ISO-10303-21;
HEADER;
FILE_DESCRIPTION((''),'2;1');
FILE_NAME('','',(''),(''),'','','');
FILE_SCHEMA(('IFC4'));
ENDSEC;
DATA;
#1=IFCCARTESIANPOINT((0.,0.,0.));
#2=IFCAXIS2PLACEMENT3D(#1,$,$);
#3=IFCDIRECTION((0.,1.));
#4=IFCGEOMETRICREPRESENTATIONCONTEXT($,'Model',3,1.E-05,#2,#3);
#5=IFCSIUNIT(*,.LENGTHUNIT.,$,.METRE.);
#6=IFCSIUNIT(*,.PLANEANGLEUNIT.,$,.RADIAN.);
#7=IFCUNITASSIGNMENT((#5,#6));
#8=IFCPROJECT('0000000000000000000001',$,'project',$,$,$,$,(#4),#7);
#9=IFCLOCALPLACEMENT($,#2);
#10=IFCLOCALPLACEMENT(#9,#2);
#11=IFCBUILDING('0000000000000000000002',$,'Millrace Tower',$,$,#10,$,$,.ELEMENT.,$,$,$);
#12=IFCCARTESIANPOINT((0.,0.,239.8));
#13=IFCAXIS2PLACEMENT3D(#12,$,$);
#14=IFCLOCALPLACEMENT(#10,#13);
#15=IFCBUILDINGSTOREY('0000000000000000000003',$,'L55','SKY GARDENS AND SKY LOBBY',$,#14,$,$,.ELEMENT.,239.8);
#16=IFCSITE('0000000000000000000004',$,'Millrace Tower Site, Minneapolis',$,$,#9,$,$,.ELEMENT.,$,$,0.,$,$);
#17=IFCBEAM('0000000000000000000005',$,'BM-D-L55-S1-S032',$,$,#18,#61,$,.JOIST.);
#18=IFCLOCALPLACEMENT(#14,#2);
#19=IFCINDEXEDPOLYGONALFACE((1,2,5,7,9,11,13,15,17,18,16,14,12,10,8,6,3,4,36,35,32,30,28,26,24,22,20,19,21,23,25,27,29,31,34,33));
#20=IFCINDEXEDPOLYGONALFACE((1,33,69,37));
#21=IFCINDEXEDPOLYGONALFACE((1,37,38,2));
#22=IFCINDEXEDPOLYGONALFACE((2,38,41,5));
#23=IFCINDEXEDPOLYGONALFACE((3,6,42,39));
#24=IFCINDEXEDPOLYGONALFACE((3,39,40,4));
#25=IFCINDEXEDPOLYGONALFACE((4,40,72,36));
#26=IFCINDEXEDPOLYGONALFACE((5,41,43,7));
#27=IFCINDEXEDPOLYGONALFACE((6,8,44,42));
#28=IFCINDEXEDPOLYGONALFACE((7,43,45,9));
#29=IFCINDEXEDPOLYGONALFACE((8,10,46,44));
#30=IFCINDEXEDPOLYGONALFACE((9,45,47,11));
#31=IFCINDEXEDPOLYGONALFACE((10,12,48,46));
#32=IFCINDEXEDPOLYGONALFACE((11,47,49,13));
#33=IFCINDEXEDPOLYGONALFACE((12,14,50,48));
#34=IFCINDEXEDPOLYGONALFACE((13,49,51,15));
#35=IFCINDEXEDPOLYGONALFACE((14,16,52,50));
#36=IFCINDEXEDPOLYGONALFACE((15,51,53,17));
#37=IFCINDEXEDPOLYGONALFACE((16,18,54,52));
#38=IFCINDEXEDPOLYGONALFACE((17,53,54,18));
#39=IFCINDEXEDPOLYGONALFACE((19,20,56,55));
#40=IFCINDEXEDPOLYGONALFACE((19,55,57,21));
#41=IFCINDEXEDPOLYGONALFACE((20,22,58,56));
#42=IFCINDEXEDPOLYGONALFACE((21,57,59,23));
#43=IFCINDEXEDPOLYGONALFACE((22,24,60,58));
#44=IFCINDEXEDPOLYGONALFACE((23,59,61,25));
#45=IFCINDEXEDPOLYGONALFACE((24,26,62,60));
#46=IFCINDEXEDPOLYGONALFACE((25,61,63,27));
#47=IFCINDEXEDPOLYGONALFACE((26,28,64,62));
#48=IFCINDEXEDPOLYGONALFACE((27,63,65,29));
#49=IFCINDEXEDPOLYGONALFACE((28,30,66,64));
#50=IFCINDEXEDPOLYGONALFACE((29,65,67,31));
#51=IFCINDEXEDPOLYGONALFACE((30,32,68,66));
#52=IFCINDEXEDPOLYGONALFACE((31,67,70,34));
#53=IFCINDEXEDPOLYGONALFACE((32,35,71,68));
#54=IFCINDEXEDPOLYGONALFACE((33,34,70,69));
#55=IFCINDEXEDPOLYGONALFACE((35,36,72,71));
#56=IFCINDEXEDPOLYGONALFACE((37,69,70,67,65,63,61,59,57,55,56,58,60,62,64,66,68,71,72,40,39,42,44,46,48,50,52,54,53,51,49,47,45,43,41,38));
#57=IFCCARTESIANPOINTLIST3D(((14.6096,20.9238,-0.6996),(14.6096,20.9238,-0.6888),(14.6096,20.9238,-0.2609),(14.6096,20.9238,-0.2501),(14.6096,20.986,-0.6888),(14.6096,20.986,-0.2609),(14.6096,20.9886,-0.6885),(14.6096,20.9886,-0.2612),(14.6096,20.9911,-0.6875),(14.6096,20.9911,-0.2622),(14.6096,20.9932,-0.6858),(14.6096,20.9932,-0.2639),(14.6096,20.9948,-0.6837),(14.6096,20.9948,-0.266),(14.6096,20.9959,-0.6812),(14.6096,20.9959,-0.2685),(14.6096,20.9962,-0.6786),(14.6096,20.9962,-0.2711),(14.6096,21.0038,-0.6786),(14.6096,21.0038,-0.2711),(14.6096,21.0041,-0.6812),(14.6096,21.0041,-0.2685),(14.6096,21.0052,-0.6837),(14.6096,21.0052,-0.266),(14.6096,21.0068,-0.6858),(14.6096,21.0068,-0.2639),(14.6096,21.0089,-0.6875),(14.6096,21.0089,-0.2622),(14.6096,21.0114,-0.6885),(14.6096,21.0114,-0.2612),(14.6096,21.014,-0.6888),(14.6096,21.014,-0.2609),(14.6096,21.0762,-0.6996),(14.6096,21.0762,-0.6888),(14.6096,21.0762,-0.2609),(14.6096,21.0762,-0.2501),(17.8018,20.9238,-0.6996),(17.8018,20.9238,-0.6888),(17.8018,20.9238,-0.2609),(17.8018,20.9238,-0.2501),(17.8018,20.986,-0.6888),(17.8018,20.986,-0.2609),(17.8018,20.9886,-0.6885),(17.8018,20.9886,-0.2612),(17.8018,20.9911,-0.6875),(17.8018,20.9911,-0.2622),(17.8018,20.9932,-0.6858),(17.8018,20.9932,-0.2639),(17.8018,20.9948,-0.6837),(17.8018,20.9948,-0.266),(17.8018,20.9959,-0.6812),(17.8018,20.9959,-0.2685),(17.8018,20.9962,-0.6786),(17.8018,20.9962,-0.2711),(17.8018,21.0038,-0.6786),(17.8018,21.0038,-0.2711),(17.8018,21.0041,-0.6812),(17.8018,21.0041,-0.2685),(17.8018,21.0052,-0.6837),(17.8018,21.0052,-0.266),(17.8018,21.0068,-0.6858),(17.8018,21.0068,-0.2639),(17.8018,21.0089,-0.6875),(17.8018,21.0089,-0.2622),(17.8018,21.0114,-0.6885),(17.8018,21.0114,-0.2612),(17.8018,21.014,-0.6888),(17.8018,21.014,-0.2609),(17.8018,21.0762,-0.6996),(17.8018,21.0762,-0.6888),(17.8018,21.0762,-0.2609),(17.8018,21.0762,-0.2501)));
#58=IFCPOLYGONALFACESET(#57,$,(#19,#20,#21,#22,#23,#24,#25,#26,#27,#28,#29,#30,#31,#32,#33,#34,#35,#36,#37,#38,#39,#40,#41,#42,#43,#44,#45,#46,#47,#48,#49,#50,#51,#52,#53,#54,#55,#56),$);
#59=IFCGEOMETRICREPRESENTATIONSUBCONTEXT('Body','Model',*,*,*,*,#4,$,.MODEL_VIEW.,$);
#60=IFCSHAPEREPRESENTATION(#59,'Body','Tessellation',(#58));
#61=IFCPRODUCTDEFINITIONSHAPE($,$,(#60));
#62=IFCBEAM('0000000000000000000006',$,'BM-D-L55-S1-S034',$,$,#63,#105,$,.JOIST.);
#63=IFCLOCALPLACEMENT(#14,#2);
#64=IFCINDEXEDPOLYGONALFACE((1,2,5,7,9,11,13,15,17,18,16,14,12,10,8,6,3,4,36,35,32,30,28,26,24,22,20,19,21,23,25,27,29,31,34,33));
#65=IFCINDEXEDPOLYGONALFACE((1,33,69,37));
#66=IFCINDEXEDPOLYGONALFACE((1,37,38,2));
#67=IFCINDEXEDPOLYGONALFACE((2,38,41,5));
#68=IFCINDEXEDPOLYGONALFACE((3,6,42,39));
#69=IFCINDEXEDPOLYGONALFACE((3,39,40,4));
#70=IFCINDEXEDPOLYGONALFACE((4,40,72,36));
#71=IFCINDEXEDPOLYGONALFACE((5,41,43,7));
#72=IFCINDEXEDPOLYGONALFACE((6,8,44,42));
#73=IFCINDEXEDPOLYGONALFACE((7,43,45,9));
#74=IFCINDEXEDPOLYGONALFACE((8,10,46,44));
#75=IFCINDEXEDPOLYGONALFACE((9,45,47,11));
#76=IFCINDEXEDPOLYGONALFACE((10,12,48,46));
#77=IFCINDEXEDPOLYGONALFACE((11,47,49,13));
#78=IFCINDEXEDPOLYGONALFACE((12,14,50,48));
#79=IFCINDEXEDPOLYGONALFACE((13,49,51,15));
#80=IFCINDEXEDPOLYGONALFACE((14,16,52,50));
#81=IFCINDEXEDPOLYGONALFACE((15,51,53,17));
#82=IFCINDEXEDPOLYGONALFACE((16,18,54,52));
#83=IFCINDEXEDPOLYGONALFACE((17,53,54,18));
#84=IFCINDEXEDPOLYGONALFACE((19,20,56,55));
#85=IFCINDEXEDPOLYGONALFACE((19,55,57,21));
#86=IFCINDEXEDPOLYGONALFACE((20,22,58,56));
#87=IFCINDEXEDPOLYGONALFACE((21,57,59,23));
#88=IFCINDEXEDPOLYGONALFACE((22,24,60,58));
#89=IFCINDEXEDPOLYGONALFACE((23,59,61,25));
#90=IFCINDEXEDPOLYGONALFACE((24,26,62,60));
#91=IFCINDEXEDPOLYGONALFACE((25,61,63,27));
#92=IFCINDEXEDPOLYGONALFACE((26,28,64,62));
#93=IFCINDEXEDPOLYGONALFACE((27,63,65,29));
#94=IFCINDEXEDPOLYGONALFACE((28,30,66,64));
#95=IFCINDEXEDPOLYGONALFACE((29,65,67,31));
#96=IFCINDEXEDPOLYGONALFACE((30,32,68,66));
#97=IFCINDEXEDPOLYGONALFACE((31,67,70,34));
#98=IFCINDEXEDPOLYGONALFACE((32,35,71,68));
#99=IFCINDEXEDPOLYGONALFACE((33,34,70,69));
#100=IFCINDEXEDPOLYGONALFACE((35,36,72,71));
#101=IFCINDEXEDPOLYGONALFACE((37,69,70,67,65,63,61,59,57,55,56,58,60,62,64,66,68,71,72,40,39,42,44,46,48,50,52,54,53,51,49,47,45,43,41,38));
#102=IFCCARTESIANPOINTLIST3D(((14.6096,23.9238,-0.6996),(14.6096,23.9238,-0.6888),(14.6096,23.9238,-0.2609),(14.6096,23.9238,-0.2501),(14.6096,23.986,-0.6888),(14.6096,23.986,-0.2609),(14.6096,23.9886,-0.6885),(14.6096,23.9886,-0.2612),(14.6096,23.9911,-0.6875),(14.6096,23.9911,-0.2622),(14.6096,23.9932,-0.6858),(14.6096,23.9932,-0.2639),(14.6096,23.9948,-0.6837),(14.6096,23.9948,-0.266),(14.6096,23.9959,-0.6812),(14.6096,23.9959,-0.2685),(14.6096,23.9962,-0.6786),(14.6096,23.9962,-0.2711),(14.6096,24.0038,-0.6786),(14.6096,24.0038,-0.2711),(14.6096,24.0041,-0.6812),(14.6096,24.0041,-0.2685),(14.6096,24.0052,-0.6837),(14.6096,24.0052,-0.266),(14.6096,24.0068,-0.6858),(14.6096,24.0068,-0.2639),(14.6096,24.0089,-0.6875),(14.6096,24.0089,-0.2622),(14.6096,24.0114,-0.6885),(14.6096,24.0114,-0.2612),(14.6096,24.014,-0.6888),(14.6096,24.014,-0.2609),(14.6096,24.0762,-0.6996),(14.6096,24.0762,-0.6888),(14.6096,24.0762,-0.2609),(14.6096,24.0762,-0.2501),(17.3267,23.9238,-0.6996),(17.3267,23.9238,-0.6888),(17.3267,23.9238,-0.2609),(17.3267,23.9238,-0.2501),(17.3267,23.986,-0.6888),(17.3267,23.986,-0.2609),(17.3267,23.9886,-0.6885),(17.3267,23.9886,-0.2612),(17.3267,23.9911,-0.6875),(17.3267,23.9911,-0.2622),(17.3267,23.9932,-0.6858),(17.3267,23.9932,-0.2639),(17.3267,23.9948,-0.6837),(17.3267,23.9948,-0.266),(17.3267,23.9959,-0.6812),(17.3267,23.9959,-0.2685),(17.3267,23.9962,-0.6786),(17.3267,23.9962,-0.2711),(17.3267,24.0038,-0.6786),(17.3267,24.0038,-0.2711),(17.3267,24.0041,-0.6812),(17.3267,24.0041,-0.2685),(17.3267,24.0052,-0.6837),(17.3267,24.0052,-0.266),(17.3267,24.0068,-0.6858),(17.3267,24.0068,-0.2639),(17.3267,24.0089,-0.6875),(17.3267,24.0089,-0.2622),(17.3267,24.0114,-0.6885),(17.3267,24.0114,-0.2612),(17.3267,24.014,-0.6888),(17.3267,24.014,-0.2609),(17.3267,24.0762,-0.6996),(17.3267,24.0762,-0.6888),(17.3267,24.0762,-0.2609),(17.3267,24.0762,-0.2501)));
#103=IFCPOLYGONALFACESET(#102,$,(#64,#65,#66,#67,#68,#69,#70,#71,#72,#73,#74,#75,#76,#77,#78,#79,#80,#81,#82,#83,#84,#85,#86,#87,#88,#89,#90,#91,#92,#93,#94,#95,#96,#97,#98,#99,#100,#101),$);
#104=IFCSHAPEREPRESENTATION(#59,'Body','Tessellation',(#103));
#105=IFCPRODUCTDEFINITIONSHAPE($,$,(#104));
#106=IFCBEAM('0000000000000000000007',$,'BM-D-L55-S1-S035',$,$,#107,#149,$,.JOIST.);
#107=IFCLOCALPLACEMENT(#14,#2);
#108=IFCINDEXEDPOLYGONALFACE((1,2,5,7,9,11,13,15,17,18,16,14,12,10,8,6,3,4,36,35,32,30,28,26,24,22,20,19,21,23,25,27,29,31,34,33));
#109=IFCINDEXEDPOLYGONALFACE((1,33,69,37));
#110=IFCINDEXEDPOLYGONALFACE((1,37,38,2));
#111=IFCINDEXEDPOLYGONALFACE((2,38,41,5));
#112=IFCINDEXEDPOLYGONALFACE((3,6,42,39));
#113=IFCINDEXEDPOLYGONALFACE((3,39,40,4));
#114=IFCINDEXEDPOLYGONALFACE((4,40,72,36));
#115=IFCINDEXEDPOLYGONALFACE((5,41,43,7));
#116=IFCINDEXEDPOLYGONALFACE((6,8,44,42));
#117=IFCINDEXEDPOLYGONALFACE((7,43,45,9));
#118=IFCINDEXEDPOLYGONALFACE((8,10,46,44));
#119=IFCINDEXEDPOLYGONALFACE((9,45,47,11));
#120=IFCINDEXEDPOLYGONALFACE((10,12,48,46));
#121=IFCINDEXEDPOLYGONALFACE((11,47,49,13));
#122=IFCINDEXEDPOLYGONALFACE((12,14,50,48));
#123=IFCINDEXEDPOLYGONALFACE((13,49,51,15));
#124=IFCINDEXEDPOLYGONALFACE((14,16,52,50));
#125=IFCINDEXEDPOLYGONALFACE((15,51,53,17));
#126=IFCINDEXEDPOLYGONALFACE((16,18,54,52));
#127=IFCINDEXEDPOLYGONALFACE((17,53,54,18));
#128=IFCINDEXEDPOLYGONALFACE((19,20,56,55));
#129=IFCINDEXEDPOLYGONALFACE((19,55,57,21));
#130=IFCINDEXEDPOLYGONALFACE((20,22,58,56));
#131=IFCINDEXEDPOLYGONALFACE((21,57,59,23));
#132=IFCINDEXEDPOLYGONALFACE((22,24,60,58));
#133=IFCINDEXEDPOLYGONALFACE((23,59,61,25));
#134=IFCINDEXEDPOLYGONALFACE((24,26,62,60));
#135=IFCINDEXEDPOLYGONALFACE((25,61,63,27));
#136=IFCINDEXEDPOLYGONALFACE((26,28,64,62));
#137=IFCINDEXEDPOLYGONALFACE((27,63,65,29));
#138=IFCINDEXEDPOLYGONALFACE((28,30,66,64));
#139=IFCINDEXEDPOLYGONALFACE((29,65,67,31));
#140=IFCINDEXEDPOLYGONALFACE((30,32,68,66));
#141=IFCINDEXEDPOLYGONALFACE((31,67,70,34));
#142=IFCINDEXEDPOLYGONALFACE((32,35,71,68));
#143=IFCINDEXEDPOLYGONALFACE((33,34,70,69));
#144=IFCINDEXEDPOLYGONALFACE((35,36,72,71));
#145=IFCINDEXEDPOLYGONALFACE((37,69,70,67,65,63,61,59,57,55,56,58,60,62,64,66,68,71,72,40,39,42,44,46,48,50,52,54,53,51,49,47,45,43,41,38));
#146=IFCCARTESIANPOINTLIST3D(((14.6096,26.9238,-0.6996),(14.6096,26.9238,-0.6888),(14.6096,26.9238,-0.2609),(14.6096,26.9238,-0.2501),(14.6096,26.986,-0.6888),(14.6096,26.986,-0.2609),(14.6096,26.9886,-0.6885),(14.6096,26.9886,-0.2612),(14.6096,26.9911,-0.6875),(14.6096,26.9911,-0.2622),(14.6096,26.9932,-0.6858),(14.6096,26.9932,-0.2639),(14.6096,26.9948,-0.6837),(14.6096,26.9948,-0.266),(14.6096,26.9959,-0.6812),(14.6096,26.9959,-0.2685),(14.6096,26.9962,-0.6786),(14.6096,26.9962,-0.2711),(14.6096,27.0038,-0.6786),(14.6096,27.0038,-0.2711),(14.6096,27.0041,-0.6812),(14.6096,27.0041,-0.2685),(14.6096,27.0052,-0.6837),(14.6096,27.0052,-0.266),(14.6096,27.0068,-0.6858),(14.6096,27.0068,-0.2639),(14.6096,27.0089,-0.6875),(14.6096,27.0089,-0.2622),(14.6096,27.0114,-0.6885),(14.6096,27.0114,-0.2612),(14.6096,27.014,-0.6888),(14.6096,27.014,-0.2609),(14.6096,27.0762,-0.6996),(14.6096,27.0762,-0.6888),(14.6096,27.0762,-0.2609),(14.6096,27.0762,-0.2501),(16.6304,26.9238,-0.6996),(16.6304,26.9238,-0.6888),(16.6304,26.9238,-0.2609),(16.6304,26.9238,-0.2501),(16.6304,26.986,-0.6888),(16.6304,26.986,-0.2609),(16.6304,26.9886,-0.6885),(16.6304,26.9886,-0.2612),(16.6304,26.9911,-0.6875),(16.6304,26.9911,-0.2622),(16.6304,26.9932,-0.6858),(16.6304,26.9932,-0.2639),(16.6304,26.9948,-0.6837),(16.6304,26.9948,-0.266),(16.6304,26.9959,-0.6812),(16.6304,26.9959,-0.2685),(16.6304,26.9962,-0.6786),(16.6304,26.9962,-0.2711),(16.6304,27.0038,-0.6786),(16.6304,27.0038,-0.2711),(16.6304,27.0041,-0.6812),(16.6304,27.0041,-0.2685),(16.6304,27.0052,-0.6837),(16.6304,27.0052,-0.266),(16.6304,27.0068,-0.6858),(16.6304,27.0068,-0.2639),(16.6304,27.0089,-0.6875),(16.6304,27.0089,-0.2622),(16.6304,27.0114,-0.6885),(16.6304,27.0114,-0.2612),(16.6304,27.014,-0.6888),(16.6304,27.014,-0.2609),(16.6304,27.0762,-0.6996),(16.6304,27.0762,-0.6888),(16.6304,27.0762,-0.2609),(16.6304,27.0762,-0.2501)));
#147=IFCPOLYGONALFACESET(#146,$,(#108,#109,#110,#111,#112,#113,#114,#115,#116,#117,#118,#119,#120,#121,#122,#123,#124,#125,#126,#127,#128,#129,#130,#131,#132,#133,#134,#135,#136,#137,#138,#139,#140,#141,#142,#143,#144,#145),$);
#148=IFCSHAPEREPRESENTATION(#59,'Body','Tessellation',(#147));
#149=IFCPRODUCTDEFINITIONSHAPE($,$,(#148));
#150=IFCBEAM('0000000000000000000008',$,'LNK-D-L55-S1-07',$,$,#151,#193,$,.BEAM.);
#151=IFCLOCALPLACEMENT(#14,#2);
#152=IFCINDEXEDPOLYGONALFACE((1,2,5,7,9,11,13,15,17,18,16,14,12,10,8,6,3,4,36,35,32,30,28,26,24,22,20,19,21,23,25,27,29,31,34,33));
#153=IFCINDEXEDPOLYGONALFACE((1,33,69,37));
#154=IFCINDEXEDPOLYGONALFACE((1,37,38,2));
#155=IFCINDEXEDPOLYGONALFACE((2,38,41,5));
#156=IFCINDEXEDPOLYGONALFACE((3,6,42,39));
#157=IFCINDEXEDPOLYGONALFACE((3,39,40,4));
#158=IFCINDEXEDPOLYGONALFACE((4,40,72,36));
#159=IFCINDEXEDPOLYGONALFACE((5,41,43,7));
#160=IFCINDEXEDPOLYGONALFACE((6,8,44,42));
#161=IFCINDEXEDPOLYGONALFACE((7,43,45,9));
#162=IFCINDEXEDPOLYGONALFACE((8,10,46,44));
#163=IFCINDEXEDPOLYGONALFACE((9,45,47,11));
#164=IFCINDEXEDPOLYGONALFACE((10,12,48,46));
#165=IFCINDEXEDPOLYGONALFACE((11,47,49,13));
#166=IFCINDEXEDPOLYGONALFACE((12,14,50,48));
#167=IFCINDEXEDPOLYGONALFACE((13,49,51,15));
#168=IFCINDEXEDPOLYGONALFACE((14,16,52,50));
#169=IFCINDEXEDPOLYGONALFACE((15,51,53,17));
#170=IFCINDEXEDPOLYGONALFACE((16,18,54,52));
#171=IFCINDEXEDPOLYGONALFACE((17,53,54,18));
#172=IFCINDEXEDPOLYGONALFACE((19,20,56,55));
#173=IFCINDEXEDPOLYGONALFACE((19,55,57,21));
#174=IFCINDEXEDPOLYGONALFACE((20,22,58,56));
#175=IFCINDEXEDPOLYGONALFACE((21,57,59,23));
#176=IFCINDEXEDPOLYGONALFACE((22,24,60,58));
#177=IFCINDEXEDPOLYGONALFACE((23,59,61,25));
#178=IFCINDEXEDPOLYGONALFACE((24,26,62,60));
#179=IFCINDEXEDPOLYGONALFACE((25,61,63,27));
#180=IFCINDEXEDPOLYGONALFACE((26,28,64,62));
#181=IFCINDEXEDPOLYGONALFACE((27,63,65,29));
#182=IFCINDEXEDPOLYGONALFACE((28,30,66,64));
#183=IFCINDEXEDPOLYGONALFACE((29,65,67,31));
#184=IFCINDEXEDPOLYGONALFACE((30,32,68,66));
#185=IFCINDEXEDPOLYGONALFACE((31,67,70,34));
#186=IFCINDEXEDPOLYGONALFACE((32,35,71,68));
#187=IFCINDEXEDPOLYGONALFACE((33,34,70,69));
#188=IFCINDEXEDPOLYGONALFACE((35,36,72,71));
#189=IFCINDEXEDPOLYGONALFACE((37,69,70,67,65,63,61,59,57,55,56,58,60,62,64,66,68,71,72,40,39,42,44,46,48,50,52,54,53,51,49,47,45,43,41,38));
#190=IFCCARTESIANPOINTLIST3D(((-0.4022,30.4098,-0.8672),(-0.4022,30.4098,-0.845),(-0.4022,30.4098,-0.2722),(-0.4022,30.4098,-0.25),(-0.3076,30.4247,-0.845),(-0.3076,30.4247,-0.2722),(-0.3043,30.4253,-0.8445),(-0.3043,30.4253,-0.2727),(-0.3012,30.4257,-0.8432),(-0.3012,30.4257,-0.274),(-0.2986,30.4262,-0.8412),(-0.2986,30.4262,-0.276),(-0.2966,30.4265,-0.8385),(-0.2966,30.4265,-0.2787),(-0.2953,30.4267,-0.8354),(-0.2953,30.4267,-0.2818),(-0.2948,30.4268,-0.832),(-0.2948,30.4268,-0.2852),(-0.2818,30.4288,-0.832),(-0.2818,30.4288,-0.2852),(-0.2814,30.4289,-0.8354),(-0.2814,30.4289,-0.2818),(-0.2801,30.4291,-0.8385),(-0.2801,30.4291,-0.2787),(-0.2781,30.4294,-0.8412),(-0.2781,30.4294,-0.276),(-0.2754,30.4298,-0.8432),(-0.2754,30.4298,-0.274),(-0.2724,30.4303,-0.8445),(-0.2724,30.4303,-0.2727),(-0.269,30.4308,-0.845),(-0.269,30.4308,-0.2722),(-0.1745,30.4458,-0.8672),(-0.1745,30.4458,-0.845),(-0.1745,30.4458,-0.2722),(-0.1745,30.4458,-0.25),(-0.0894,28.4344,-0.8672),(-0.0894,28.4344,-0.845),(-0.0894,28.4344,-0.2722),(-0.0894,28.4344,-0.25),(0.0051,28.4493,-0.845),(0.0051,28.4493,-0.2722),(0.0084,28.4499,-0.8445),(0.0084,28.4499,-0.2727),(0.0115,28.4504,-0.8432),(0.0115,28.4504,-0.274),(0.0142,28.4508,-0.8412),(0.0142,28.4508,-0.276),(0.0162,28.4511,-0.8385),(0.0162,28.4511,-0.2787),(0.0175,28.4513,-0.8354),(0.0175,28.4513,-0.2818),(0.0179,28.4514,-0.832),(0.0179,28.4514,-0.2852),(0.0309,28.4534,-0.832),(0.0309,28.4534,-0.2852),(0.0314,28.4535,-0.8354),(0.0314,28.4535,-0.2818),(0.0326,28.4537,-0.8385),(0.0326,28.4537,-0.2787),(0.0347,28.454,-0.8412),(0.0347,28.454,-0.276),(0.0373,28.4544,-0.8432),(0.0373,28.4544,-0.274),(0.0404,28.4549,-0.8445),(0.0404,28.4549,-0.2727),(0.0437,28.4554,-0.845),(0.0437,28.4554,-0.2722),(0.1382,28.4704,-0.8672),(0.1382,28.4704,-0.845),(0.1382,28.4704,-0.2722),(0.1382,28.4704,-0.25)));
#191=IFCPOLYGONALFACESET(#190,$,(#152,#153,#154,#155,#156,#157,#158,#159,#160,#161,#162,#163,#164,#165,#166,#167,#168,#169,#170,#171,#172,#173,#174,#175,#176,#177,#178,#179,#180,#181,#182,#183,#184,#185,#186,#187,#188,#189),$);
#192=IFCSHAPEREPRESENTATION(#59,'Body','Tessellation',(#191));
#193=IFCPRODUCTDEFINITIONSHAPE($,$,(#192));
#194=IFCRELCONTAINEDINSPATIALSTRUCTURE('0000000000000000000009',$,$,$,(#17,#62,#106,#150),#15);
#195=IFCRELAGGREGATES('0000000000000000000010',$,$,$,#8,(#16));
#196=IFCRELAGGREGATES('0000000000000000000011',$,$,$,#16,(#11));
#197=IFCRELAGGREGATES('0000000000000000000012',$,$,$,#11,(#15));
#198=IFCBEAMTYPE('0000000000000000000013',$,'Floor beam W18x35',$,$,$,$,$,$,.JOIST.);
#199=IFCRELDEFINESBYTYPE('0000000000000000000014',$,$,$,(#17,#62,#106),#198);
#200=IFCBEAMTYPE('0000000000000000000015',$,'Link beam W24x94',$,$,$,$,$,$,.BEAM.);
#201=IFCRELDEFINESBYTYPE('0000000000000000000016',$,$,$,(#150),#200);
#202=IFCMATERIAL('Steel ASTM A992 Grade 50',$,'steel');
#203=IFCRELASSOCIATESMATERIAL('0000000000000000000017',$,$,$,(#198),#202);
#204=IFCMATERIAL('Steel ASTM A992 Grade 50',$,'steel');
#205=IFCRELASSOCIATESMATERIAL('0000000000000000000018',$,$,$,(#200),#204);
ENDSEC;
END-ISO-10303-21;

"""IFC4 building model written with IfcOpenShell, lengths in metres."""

from ifc_helpers import new_model, si_unit, direction, frame, origin, origin_2d, place, context, subcontext, project, spatial, i_section, extrude, material, material_profile, profile_set, type_object, element, save


model = new_model("IFC4")

# Units and contexts
model_context = context("Model", 3, precision=1e-05, world=origin(), true_north=direction((0.0, 1.0)))
body_context = subcontext(model_context, "Body", "Model", "MODEL_VIEW")
ifc_project = project(units=[si_unit("LENGTHUNIT", "METRE"), si_unit("PLANEANGLEUNIT", "RADIAN")], contexts=[model_context])

# Site, building, storey
site_placement = place(None, origin())
site = spatial("IfcSite", under=ifc_project, at=site_placement, Name="Millrace Tower Site, Minneapolis", CompositionType="ELEMENT", RefElevation=0.0)
building_placement = place(site_placement, origin())
building = spatial("IfcBuilding", under=site, at=building_placement, Name="Millrace Tower", CompositionType="ELEMENT")
storey_placement = place(building_placement, frame((0.0, 0.0, 239.8)))
storey = spatial("IfcBuildingStorey", under=building, at=storey_placement, Name="L55", Description="SKY GARDENS AND SKY LOBBY", CompositionType="ELEMENT", Elevation=239.8)

# Beams
ifc_material_1 = material(Name="Steel ASTM A992 Grade 50", Category="steel")
ifc_material_profile_1 = material_profile(ifc_material_1, i_section(OverallWidth=0.1523, OverallDepth=0.4495, WebThickness=0.0076, FlangeThickness=0.0107, FilletRadius=0.0103, at=origin_2d()))
ifc_profile_set_1 = profile_set([ifc_material_profile_1], Name="Steel ASTM A992 Grade 50")
beam_type_1 = type_object("IfcBeamType", Name="Floor beam W18x35", PredefinedType="JOIST", material=ifc_profile_set_1)
beam_1_placement = place(storey_placement, frame((14.6096, 21.0, -0.4749), z_axis=(1.0, 0.0, 0.0), x_axis=(0.0, 1.0, 0.0)))
element("IfcBeam", 1, at=beam_1_placement, inside=storey, type_object=beam_type_1, Name="BM-D-L55-S1-S032", PredefinedType="JOIST", context=body_context, shape_type="SweptSolid", body=[
    extrude(i_section(OverallWidth=0.1523, OverallDepth=0.4495, WebThickness=0.0076, FlangeThickness=0.0107, FilletRadius=0.0103, at=origin_2d()), origin(), (0.0, 0.0, 1.0), 3.1921),
])
beam_2_placement = place(storey_placement, frame((14.6096, 24.0, -0.4749), z_axis=(1.0, 0.0, 0.0), x_axis=(0.0, 1.0, 0.0)))
element("IfcBeam", 2, at=beam_2_placement, inside=storey, type_object=beam_type_1, Name="BM-D-L55-S1-S034", PredefinedType="JOIST", context=body_context, shape_type="SweptSolid", body=[
    extrude(i_section(OverallWidth=0.1523, OverallDepth=0.4495, WebThickness=0.0076, FlangeThickness=0.0107, FilletRadius=0.0103, at=origin_2d()), origin(), (0.0, 0.0, 1.0), 2.717),
])
beam_3_placement = place(storey_placement, frame((14.6096, 27.0, -0.4749), z_axis=(1.0, 0.0, 0.0), x_axis=(0.0, 1.0, 0.0)))
element("IfcBeam", 3, at=beam_3_placement, inside=storey, type_object=beam_type_1, Name="BM-D-L55-S1-S035", PredefinedType="JOIST", context=body_context, shape_type="SweptSolid", body=[
    extrude(i_section(OverallWidth=0.1523, OverallDepth=0.4495, WebThickness=0.0076, FlangeThickness=0.0107, FilletRadius=0.0103, at=origin_2d()), origin(), (0.0, 0.0, 1.0), 2.0208),
])
ifc_material_2 = material(Name="Steel ASTM A992 Grade 50", Category="steel")
ifc_material_profile_2 = material_profile(ifc_material_2, i_section(OverallWidth=0.2305, OverallDepth=0.6172, WebThickness=0.0132, FlangeThickness=0.0222, FilletRadius=0.0129, at=origin_2d()))
ifc_profile_set_2 = profile_set([ifc_material_profile_2], Name="Steel ASTM A992 Grade 50")
beam_type_2 = type_object("IfcBeamType", Name="Link beam W24x94", PredefinedType="BEAM", material=ifc_profile_set_2)
beam_4_placement = place(storey_placement, frame((0.0244, 28.4524, -0.5586), z_axis=(-0.156376, 0.987698, 0.0), x_axis=(-0.987698, -0.156376, 0.0)))
element("IfcBeam", 4, at=beam_4_placement, inside=storey, type_object=beam_type_2, Name="LNK-D-L55-S1-07", PredefinedType="BEAM", context=body_context, shape_type="SweptSolid", body=[
    extrude(i_section(OverallWidth=0.2305, OverallDepth=0.6172, WebThickness=0.0132, FlangeThickness=0.0222, FilletRadius=0.0129, at=origin_2d()), origin(), (0.0, 0.0, 1.0), 2.0),
])

save(model, "model.ifc")
